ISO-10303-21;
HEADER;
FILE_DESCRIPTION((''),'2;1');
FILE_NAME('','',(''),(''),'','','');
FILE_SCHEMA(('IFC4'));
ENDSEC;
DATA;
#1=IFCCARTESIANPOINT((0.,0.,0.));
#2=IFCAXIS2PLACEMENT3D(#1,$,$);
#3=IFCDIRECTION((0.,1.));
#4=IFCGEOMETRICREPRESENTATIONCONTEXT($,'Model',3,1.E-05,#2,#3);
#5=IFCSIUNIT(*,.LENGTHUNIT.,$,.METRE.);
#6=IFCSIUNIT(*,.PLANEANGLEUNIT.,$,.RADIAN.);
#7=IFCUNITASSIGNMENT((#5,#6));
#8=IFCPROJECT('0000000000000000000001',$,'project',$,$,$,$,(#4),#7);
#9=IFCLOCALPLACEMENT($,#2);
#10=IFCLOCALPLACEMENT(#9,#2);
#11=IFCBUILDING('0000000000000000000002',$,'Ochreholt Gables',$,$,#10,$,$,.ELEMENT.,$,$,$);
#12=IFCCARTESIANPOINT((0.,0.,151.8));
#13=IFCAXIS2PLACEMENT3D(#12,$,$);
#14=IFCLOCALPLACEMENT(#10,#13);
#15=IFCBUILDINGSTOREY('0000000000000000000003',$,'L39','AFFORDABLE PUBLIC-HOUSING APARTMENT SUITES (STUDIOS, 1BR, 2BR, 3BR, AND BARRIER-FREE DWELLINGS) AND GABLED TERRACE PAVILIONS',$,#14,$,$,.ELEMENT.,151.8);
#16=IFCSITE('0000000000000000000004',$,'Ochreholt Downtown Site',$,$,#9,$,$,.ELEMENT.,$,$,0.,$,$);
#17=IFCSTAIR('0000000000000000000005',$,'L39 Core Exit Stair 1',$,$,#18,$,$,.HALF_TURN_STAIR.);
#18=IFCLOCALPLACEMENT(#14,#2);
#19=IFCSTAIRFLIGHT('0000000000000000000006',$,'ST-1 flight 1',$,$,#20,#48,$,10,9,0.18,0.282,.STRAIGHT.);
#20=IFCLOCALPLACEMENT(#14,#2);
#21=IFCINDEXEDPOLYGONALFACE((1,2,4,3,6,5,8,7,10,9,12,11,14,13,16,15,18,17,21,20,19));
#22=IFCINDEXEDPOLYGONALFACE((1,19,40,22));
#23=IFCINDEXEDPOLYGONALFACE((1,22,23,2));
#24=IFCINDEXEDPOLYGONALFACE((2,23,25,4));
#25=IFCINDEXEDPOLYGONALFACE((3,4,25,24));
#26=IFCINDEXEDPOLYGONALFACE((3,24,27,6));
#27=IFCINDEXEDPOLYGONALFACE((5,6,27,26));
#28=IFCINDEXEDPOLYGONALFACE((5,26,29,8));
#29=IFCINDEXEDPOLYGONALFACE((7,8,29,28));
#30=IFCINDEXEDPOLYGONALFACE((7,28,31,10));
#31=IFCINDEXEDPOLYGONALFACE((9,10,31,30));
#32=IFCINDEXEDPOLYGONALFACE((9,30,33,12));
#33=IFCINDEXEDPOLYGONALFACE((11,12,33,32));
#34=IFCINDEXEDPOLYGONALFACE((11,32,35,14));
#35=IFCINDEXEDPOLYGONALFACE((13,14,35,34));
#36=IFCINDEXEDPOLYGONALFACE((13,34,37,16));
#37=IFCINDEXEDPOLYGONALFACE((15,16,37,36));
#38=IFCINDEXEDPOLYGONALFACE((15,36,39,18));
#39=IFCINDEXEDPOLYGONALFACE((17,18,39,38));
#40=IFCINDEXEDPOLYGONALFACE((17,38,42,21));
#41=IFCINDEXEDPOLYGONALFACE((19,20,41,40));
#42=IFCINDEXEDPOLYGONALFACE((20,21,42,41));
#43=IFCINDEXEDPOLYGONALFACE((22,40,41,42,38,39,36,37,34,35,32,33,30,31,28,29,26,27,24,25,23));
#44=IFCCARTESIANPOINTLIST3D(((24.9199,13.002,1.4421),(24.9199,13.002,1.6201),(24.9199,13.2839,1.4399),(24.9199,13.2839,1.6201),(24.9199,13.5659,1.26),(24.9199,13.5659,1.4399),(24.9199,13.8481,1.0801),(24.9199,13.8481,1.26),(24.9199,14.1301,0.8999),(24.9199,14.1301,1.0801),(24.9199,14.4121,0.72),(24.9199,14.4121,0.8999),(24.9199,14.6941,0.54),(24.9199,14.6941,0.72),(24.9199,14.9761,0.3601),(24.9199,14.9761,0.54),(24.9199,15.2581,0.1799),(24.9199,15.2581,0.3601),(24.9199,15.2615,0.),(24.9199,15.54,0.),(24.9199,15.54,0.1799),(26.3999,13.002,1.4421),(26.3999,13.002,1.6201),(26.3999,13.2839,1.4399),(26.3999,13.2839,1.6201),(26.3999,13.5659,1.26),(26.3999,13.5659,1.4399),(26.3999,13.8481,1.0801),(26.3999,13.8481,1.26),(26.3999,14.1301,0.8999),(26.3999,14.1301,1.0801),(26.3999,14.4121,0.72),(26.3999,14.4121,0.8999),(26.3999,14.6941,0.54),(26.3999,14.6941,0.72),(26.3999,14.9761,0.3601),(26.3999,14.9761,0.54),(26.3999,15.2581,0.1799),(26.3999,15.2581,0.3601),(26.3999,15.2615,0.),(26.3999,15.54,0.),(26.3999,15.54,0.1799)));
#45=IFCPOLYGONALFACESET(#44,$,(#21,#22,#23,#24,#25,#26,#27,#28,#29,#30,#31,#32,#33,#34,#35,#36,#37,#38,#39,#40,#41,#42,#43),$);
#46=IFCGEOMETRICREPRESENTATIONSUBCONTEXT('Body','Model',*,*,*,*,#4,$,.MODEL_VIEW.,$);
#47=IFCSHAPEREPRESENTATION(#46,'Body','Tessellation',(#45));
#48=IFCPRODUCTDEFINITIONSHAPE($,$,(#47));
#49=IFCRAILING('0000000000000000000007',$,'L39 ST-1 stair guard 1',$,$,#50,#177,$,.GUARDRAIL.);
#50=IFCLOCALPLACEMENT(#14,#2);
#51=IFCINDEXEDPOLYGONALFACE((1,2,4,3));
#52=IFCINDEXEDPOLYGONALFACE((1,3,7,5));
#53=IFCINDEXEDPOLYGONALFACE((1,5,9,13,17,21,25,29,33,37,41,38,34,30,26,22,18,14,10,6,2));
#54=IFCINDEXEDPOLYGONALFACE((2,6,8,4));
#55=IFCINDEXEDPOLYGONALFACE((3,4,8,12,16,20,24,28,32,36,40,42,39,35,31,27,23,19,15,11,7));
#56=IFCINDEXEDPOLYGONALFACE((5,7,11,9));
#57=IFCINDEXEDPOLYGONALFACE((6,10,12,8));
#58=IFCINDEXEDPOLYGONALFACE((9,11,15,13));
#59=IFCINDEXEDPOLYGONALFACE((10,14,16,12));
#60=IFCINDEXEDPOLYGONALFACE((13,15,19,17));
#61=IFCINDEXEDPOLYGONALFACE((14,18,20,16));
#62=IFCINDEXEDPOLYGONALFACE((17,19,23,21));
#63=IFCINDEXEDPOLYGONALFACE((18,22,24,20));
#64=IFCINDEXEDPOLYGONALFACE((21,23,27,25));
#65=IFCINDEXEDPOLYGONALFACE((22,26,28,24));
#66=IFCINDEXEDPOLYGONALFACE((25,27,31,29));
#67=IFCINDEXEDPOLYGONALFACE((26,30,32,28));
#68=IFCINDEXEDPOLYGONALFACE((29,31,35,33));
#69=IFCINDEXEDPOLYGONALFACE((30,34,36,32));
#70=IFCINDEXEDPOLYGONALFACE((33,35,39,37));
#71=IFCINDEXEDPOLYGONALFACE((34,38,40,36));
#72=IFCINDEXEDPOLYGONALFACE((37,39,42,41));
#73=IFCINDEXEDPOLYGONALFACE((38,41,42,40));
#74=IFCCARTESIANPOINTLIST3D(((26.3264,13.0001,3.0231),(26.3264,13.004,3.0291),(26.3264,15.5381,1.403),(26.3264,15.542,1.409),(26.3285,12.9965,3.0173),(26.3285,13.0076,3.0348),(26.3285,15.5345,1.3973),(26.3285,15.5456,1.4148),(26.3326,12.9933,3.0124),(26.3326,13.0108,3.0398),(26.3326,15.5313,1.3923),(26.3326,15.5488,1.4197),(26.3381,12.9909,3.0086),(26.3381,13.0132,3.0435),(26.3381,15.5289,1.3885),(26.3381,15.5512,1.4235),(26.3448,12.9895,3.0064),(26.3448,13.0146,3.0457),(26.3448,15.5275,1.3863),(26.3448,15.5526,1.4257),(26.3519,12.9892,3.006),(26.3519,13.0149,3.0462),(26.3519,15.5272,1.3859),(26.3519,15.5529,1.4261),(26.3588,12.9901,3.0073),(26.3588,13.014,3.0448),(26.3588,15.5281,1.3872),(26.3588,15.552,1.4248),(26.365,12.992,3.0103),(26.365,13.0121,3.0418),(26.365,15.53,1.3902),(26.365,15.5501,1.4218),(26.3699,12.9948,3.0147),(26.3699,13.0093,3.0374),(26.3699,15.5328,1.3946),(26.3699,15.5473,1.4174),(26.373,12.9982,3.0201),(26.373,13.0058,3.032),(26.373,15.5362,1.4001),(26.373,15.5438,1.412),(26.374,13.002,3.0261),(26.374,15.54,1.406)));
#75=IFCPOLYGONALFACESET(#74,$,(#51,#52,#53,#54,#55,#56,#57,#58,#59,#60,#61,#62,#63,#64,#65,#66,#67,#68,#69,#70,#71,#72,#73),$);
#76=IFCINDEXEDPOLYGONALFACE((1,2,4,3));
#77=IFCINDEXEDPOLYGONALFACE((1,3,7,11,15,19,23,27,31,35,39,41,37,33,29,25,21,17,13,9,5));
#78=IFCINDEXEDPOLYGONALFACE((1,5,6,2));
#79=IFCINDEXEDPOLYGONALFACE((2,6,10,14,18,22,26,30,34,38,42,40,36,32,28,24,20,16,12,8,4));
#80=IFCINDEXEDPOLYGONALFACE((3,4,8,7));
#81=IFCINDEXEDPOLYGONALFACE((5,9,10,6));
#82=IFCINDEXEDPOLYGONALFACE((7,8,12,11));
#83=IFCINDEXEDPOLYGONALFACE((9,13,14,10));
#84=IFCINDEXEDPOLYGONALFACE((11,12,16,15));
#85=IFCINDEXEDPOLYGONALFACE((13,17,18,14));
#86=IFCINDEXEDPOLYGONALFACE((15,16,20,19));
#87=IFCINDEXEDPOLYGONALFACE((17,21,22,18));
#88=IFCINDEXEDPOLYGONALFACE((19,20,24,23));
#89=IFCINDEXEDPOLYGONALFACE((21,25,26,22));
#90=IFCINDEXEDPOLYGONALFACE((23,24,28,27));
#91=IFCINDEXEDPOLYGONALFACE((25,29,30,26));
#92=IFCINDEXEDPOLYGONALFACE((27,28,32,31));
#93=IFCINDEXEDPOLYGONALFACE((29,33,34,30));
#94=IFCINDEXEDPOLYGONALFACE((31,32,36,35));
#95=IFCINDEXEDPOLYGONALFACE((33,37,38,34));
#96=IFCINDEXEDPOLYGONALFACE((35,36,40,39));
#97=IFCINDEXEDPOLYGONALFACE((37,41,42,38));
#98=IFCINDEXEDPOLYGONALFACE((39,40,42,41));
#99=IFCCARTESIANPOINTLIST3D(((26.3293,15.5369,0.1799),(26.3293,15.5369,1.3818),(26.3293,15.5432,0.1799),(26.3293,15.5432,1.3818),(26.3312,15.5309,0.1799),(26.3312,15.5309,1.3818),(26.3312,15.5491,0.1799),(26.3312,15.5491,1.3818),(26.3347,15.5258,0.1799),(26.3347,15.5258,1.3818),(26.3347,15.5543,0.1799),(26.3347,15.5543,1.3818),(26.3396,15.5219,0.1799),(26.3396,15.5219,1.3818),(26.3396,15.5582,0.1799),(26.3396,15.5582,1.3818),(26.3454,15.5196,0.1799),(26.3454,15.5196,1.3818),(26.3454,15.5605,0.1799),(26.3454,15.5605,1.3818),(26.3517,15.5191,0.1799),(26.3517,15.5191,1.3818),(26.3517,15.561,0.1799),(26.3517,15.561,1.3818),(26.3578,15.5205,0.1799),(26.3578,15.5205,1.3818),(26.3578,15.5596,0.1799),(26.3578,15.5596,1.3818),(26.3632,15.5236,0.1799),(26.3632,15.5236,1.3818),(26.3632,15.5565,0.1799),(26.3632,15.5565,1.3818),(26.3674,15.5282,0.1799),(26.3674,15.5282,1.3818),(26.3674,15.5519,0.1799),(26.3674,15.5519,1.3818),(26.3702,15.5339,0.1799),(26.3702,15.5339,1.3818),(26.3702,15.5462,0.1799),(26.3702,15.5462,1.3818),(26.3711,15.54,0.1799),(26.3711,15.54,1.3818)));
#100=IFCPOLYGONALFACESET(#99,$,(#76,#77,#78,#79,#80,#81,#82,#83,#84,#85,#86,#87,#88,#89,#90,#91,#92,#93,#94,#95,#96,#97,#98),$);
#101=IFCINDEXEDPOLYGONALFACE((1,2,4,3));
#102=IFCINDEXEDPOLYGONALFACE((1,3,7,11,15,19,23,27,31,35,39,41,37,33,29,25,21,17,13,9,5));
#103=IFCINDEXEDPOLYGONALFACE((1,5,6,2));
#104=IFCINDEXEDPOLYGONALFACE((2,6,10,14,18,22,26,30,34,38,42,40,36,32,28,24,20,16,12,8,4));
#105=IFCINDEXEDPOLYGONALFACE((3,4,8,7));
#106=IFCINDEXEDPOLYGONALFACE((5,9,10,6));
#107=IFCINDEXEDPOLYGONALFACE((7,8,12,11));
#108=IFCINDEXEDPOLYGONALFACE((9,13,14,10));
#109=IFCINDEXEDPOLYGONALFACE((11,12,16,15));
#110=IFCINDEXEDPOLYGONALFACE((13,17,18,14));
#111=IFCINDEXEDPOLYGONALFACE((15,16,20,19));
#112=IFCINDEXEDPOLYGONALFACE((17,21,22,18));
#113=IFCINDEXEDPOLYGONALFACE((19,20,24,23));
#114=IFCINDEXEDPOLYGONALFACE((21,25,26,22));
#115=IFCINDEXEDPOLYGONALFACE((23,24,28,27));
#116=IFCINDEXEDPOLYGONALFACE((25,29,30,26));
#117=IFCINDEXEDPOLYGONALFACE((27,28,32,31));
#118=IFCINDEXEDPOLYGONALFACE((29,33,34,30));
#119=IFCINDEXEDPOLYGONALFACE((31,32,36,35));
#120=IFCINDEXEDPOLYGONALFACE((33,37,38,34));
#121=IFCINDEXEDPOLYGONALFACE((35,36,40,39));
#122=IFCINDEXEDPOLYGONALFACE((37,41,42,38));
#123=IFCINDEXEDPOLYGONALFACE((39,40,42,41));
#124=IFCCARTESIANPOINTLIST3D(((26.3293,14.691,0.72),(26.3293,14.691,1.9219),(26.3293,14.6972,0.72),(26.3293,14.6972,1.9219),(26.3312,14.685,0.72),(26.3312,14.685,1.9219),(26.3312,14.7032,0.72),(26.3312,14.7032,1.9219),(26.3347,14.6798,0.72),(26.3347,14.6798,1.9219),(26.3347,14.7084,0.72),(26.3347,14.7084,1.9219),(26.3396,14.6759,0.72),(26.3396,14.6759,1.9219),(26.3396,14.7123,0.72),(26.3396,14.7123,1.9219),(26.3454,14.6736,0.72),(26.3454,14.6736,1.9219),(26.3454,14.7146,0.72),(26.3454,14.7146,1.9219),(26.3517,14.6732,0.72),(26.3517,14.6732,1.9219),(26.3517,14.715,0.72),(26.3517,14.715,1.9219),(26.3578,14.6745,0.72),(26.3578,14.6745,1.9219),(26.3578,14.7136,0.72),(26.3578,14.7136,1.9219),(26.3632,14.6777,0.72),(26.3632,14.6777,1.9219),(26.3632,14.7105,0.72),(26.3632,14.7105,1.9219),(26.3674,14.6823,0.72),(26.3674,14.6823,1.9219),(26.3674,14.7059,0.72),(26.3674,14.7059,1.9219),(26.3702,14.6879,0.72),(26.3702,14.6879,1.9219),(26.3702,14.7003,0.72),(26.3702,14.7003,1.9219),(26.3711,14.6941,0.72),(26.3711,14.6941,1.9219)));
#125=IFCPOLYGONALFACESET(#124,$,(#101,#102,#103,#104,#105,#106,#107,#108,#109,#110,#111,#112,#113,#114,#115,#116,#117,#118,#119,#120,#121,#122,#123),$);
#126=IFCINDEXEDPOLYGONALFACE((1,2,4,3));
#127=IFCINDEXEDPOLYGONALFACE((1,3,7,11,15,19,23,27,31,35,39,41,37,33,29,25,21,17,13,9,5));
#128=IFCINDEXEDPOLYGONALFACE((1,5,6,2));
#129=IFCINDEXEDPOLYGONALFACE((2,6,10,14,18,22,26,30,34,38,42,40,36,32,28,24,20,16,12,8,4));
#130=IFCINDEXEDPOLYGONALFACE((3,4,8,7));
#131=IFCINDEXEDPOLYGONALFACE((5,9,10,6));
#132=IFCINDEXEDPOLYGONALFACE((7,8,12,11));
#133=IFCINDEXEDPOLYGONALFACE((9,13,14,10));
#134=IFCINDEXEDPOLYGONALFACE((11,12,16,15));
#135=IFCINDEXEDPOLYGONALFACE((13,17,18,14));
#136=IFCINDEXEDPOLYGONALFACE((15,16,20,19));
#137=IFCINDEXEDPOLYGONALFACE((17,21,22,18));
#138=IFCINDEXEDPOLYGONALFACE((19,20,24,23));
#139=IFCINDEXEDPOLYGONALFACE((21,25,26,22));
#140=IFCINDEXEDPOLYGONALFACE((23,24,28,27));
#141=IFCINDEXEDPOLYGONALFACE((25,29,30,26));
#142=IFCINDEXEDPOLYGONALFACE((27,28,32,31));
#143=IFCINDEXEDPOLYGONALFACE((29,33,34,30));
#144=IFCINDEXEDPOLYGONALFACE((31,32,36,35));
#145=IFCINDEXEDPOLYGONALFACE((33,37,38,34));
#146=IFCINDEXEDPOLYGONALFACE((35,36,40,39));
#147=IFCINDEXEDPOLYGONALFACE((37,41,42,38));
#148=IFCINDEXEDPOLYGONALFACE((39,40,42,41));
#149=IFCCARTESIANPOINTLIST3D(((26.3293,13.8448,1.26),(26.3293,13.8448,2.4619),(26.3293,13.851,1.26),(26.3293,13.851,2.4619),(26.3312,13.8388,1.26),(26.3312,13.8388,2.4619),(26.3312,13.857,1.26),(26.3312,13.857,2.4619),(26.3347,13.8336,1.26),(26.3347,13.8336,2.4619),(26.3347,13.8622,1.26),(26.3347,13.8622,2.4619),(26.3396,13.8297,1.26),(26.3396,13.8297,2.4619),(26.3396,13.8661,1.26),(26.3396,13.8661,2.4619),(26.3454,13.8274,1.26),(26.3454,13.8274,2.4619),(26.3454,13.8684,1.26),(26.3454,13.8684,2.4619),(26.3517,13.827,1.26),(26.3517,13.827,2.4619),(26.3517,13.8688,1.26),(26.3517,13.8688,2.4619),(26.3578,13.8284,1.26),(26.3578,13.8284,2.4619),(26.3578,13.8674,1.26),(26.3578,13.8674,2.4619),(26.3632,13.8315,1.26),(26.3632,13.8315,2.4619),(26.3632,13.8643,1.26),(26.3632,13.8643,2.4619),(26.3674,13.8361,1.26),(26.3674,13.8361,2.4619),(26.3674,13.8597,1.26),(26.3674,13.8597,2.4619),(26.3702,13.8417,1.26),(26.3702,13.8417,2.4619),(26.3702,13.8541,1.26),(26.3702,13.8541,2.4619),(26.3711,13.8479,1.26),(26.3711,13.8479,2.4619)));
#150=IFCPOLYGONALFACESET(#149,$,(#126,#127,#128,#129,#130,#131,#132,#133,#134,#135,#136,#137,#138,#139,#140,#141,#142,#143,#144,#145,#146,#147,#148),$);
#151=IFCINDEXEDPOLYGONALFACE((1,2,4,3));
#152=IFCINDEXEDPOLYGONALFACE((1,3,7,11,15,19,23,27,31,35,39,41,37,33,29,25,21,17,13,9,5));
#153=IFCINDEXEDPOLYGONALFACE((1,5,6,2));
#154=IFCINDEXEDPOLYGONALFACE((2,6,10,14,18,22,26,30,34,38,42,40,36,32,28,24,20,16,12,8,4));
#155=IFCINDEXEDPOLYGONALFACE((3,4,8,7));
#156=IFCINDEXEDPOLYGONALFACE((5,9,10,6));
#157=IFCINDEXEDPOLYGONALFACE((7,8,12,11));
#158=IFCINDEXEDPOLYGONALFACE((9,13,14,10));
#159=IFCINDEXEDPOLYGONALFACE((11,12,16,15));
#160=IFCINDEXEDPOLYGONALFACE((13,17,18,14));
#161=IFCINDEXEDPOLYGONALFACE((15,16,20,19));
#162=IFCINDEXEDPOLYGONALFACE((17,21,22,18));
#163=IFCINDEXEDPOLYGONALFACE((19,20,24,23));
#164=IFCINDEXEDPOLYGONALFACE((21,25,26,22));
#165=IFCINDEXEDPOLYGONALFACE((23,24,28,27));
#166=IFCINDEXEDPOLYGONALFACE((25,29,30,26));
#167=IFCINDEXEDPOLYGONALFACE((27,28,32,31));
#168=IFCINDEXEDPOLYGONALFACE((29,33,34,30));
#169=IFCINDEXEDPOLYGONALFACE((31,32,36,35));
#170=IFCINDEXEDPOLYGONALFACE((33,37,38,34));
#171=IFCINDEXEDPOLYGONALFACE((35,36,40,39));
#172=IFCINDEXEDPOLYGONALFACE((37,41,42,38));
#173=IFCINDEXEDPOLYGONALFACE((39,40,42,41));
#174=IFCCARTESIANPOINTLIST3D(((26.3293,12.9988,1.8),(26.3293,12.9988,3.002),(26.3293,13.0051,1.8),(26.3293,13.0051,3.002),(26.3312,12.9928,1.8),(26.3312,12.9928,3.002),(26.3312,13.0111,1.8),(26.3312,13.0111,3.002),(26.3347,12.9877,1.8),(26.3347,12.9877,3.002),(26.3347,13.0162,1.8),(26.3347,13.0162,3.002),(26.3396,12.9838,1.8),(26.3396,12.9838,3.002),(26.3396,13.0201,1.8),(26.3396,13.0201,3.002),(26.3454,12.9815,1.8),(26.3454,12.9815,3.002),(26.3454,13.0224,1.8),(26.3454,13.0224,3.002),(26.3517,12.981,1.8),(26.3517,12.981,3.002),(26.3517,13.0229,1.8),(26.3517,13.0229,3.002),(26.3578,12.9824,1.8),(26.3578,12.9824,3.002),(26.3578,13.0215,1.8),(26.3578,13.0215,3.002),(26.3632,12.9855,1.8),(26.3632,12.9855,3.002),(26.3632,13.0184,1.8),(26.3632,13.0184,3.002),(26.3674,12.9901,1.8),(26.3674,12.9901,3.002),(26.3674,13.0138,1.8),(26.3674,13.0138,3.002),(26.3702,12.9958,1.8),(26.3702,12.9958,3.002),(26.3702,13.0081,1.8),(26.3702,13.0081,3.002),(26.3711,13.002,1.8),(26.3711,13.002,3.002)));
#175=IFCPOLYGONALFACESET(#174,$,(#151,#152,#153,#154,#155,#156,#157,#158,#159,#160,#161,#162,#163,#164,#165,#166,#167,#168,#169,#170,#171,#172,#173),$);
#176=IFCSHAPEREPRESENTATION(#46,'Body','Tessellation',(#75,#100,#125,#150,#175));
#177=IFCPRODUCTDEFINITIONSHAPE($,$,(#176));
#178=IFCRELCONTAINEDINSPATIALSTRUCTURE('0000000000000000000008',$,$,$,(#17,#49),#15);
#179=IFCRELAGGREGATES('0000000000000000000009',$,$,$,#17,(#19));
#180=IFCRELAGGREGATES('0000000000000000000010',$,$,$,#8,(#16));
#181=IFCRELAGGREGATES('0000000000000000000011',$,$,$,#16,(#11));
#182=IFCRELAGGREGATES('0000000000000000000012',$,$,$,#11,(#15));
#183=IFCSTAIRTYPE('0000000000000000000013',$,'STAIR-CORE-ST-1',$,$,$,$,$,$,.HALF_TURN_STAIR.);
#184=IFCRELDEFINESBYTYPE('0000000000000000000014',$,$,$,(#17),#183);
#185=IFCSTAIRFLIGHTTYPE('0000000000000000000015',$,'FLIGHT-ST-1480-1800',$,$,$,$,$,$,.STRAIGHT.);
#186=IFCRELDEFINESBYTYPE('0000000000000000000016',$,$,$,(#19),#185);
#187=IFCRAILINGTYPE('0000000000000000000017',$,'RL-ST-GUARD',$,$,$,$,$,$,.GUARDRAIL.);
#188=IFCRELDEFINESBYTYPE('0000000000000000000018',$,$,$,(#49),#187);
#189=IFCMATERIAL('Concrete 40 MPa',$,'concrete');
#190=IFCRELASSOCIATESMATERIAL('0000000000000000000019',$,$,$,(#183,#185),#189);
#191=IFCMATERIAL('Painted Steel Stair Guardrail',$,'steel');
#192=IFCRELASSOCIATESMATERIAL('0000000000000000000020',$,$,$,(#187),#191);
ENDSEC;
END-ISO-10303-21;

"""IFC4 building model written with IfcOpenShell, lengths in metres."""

from ifc_helpers import new_model, si_unit, direction, frame, origin, origin_2d, place, context, subcontext, project, spatial, polyline, circle, outline, extrude, material, type_object, element, aggregate, save


model = new_model("IFC4")

# Units and contexts
model_context = context("Model", 3, precision=1e-05, world=origin(), true_north=direction((0.0, 1.0)))
body_context = subcontext(model_context, "Body", "Model", "MODEL_VIEW")
ifc_project = project(units=[si_unit("LENGTHUNIT", "METRE"), si_unit("PLANEANGLEUNIT", "RADIAN")], contexts=[model_context])

# Site, building, storey
site_placement = place(None, origin())
site = spatial("IfcSite", under=ifc_project, at=site_placement, Name="Ochreholt Downtown Site", CompositionType="ELEMENT", RefElevation=0.0)
building_placement = place(site_placement, origin())
building = spatial("IfcBuilding", under=site, at=building_placement, Name="Ochreholt Gables", CompositionType="ELEMENT")
storey_placement = place(building_placement, frame((0.0, 0.0, 151.8)))
storey = spatial("IfcBuildingStorey", under=building, at=storey_placement, Name="L39", Description="AFFORDABLE PUBLIC-HOUSING APARTMENT SUITES (STUDIOS, 1BR, 2BR, 3BR, AND BARRIER-FREE DWELLINGS) AND GABLED TERRACE PAVILIONS", CompositionType="ELEMENT", Elevation=151.8)

# Shared definitions
ifc_material_1 = material(Name="Concrete 40 MPa", Category="concrete")

# Stair, stair flight
stair_type = type_object("IfcStairType", Name="STAIR-CORE-ST-1", PredefinedType="HALF_TURN_STAIR", material=ifc_material_1)
stair_placement = place(storey_placement, origin())
stair = element("IfcStair", 1, at=stair_placement, inside=storey, type_object=stair_type, Name="L39 Core Exit Stair 1", PredefinedType="HALF_TURN_STAIR")
stair_flight_type = type_object("IfcStairFlightType", Name="FLIGHT-ST-1480-1800", PredefinedType="STRAIGHT", material=ifc_material_1)
stair_flight_placement = place(storey_placement, frame((25.6599, 15.54, 0.0), z_axis=(0.0, 0.0, 1.0), x_axis=(0.0, -1.0, 0.0)))
stair_flight = element("IfcStairFlight", 2, at=stair_flight_placement, type_object=stair_flight_type, Name="ST-1 flight 1", NumberOfRisers=10, NumberOfTreads=9, PredefinedType="STRAIGHT", RiserHeight=0.18, TreadLength=0.282, context=body_context, shape_type="SweptSolid", body=[
    extrude(outline(polyline([(0.0, 0.0), (0.0, 0.1799), (0.282, 0.1799), (0.282, 0.3601), (0.564, 0.3601), (0.564, 0.54), (0.8459, 0.54), (0.8459, 0.72), (1.1279, 0.72), (1.1279, 0.8999), (1.4099, 0.8999), (1.4099, 1.0801), (1.6919, 1.0801), (1.6919, 1.26), (1.9741, 1.26), (1.9741, 1.4399), (2.2561, 1.4399), (2.2561, 1.6201), (2.5381, 1.6201), (2.5381, 1.8), (2.5381, 1.4421), (0.2786, 0.0), (0.0, 0.0)])), frame((0.0, 0.74, 0.0), z_axis=(0.0, -1.0, 0.0), x_axis=(1.0, 0.0, 0.0)), (0.0, 0.0, 1.0), 1.48),
])
aggregate(stair, [stair_flight])

# Railing
ifc_material_2 = material(Name="Painted Steel Stair Guardrail", Category="steel")
railing_type = type_object("IfcRailingType", Name="RL-ST-GUARD", PredefinedType="GUARDRAIL", material=ifc_material_2)
railing_1_placement = place(storey_placement, frame((26.3501, 15.54, 0.1799)))
element("IfcRailing", 3, at=railing_1_placement, inside=storey, type_object=railing_type, Name="L39 ST-1 stair guard 1", PredefinedType="GUARDRAIL", context=body_context, shape_type="SweptSolid", body=[
    extrude(circle(Radius=0.0239, at=origin_2d()), frame((0.0, 0.0, 1.2261), z_axis=(0.0, -0.842913, 0.53805), x_axis=(1.0, 0.0, 0.0)), (0.0, 0.0, 1.0), 3.011),
    extrude(circle(Radius=0.021, at=origin_2d()), origin(), (0.0, 0.0, 1.0), 1.2019),
    extrude(circle(Radius=0.021, at=origin_2d()), frame((0.0, -0.8459, 0.54)), (0.0, 0.0, 1.0), 1.2019),
    extrude(circle(Radius=0.021, at=origin_2d()), frame((0.0, -1.6921, 1.0801)), (0.0, 0.0, 1.0), 1.2019),
    extrude(circle(Radius=0.021, at=origin_2d()), frame((0.0, -2.5381, 1.6201)), (0.0, 0.0, 1.0), 1.2019),
])

save(model, "model.ifc")
